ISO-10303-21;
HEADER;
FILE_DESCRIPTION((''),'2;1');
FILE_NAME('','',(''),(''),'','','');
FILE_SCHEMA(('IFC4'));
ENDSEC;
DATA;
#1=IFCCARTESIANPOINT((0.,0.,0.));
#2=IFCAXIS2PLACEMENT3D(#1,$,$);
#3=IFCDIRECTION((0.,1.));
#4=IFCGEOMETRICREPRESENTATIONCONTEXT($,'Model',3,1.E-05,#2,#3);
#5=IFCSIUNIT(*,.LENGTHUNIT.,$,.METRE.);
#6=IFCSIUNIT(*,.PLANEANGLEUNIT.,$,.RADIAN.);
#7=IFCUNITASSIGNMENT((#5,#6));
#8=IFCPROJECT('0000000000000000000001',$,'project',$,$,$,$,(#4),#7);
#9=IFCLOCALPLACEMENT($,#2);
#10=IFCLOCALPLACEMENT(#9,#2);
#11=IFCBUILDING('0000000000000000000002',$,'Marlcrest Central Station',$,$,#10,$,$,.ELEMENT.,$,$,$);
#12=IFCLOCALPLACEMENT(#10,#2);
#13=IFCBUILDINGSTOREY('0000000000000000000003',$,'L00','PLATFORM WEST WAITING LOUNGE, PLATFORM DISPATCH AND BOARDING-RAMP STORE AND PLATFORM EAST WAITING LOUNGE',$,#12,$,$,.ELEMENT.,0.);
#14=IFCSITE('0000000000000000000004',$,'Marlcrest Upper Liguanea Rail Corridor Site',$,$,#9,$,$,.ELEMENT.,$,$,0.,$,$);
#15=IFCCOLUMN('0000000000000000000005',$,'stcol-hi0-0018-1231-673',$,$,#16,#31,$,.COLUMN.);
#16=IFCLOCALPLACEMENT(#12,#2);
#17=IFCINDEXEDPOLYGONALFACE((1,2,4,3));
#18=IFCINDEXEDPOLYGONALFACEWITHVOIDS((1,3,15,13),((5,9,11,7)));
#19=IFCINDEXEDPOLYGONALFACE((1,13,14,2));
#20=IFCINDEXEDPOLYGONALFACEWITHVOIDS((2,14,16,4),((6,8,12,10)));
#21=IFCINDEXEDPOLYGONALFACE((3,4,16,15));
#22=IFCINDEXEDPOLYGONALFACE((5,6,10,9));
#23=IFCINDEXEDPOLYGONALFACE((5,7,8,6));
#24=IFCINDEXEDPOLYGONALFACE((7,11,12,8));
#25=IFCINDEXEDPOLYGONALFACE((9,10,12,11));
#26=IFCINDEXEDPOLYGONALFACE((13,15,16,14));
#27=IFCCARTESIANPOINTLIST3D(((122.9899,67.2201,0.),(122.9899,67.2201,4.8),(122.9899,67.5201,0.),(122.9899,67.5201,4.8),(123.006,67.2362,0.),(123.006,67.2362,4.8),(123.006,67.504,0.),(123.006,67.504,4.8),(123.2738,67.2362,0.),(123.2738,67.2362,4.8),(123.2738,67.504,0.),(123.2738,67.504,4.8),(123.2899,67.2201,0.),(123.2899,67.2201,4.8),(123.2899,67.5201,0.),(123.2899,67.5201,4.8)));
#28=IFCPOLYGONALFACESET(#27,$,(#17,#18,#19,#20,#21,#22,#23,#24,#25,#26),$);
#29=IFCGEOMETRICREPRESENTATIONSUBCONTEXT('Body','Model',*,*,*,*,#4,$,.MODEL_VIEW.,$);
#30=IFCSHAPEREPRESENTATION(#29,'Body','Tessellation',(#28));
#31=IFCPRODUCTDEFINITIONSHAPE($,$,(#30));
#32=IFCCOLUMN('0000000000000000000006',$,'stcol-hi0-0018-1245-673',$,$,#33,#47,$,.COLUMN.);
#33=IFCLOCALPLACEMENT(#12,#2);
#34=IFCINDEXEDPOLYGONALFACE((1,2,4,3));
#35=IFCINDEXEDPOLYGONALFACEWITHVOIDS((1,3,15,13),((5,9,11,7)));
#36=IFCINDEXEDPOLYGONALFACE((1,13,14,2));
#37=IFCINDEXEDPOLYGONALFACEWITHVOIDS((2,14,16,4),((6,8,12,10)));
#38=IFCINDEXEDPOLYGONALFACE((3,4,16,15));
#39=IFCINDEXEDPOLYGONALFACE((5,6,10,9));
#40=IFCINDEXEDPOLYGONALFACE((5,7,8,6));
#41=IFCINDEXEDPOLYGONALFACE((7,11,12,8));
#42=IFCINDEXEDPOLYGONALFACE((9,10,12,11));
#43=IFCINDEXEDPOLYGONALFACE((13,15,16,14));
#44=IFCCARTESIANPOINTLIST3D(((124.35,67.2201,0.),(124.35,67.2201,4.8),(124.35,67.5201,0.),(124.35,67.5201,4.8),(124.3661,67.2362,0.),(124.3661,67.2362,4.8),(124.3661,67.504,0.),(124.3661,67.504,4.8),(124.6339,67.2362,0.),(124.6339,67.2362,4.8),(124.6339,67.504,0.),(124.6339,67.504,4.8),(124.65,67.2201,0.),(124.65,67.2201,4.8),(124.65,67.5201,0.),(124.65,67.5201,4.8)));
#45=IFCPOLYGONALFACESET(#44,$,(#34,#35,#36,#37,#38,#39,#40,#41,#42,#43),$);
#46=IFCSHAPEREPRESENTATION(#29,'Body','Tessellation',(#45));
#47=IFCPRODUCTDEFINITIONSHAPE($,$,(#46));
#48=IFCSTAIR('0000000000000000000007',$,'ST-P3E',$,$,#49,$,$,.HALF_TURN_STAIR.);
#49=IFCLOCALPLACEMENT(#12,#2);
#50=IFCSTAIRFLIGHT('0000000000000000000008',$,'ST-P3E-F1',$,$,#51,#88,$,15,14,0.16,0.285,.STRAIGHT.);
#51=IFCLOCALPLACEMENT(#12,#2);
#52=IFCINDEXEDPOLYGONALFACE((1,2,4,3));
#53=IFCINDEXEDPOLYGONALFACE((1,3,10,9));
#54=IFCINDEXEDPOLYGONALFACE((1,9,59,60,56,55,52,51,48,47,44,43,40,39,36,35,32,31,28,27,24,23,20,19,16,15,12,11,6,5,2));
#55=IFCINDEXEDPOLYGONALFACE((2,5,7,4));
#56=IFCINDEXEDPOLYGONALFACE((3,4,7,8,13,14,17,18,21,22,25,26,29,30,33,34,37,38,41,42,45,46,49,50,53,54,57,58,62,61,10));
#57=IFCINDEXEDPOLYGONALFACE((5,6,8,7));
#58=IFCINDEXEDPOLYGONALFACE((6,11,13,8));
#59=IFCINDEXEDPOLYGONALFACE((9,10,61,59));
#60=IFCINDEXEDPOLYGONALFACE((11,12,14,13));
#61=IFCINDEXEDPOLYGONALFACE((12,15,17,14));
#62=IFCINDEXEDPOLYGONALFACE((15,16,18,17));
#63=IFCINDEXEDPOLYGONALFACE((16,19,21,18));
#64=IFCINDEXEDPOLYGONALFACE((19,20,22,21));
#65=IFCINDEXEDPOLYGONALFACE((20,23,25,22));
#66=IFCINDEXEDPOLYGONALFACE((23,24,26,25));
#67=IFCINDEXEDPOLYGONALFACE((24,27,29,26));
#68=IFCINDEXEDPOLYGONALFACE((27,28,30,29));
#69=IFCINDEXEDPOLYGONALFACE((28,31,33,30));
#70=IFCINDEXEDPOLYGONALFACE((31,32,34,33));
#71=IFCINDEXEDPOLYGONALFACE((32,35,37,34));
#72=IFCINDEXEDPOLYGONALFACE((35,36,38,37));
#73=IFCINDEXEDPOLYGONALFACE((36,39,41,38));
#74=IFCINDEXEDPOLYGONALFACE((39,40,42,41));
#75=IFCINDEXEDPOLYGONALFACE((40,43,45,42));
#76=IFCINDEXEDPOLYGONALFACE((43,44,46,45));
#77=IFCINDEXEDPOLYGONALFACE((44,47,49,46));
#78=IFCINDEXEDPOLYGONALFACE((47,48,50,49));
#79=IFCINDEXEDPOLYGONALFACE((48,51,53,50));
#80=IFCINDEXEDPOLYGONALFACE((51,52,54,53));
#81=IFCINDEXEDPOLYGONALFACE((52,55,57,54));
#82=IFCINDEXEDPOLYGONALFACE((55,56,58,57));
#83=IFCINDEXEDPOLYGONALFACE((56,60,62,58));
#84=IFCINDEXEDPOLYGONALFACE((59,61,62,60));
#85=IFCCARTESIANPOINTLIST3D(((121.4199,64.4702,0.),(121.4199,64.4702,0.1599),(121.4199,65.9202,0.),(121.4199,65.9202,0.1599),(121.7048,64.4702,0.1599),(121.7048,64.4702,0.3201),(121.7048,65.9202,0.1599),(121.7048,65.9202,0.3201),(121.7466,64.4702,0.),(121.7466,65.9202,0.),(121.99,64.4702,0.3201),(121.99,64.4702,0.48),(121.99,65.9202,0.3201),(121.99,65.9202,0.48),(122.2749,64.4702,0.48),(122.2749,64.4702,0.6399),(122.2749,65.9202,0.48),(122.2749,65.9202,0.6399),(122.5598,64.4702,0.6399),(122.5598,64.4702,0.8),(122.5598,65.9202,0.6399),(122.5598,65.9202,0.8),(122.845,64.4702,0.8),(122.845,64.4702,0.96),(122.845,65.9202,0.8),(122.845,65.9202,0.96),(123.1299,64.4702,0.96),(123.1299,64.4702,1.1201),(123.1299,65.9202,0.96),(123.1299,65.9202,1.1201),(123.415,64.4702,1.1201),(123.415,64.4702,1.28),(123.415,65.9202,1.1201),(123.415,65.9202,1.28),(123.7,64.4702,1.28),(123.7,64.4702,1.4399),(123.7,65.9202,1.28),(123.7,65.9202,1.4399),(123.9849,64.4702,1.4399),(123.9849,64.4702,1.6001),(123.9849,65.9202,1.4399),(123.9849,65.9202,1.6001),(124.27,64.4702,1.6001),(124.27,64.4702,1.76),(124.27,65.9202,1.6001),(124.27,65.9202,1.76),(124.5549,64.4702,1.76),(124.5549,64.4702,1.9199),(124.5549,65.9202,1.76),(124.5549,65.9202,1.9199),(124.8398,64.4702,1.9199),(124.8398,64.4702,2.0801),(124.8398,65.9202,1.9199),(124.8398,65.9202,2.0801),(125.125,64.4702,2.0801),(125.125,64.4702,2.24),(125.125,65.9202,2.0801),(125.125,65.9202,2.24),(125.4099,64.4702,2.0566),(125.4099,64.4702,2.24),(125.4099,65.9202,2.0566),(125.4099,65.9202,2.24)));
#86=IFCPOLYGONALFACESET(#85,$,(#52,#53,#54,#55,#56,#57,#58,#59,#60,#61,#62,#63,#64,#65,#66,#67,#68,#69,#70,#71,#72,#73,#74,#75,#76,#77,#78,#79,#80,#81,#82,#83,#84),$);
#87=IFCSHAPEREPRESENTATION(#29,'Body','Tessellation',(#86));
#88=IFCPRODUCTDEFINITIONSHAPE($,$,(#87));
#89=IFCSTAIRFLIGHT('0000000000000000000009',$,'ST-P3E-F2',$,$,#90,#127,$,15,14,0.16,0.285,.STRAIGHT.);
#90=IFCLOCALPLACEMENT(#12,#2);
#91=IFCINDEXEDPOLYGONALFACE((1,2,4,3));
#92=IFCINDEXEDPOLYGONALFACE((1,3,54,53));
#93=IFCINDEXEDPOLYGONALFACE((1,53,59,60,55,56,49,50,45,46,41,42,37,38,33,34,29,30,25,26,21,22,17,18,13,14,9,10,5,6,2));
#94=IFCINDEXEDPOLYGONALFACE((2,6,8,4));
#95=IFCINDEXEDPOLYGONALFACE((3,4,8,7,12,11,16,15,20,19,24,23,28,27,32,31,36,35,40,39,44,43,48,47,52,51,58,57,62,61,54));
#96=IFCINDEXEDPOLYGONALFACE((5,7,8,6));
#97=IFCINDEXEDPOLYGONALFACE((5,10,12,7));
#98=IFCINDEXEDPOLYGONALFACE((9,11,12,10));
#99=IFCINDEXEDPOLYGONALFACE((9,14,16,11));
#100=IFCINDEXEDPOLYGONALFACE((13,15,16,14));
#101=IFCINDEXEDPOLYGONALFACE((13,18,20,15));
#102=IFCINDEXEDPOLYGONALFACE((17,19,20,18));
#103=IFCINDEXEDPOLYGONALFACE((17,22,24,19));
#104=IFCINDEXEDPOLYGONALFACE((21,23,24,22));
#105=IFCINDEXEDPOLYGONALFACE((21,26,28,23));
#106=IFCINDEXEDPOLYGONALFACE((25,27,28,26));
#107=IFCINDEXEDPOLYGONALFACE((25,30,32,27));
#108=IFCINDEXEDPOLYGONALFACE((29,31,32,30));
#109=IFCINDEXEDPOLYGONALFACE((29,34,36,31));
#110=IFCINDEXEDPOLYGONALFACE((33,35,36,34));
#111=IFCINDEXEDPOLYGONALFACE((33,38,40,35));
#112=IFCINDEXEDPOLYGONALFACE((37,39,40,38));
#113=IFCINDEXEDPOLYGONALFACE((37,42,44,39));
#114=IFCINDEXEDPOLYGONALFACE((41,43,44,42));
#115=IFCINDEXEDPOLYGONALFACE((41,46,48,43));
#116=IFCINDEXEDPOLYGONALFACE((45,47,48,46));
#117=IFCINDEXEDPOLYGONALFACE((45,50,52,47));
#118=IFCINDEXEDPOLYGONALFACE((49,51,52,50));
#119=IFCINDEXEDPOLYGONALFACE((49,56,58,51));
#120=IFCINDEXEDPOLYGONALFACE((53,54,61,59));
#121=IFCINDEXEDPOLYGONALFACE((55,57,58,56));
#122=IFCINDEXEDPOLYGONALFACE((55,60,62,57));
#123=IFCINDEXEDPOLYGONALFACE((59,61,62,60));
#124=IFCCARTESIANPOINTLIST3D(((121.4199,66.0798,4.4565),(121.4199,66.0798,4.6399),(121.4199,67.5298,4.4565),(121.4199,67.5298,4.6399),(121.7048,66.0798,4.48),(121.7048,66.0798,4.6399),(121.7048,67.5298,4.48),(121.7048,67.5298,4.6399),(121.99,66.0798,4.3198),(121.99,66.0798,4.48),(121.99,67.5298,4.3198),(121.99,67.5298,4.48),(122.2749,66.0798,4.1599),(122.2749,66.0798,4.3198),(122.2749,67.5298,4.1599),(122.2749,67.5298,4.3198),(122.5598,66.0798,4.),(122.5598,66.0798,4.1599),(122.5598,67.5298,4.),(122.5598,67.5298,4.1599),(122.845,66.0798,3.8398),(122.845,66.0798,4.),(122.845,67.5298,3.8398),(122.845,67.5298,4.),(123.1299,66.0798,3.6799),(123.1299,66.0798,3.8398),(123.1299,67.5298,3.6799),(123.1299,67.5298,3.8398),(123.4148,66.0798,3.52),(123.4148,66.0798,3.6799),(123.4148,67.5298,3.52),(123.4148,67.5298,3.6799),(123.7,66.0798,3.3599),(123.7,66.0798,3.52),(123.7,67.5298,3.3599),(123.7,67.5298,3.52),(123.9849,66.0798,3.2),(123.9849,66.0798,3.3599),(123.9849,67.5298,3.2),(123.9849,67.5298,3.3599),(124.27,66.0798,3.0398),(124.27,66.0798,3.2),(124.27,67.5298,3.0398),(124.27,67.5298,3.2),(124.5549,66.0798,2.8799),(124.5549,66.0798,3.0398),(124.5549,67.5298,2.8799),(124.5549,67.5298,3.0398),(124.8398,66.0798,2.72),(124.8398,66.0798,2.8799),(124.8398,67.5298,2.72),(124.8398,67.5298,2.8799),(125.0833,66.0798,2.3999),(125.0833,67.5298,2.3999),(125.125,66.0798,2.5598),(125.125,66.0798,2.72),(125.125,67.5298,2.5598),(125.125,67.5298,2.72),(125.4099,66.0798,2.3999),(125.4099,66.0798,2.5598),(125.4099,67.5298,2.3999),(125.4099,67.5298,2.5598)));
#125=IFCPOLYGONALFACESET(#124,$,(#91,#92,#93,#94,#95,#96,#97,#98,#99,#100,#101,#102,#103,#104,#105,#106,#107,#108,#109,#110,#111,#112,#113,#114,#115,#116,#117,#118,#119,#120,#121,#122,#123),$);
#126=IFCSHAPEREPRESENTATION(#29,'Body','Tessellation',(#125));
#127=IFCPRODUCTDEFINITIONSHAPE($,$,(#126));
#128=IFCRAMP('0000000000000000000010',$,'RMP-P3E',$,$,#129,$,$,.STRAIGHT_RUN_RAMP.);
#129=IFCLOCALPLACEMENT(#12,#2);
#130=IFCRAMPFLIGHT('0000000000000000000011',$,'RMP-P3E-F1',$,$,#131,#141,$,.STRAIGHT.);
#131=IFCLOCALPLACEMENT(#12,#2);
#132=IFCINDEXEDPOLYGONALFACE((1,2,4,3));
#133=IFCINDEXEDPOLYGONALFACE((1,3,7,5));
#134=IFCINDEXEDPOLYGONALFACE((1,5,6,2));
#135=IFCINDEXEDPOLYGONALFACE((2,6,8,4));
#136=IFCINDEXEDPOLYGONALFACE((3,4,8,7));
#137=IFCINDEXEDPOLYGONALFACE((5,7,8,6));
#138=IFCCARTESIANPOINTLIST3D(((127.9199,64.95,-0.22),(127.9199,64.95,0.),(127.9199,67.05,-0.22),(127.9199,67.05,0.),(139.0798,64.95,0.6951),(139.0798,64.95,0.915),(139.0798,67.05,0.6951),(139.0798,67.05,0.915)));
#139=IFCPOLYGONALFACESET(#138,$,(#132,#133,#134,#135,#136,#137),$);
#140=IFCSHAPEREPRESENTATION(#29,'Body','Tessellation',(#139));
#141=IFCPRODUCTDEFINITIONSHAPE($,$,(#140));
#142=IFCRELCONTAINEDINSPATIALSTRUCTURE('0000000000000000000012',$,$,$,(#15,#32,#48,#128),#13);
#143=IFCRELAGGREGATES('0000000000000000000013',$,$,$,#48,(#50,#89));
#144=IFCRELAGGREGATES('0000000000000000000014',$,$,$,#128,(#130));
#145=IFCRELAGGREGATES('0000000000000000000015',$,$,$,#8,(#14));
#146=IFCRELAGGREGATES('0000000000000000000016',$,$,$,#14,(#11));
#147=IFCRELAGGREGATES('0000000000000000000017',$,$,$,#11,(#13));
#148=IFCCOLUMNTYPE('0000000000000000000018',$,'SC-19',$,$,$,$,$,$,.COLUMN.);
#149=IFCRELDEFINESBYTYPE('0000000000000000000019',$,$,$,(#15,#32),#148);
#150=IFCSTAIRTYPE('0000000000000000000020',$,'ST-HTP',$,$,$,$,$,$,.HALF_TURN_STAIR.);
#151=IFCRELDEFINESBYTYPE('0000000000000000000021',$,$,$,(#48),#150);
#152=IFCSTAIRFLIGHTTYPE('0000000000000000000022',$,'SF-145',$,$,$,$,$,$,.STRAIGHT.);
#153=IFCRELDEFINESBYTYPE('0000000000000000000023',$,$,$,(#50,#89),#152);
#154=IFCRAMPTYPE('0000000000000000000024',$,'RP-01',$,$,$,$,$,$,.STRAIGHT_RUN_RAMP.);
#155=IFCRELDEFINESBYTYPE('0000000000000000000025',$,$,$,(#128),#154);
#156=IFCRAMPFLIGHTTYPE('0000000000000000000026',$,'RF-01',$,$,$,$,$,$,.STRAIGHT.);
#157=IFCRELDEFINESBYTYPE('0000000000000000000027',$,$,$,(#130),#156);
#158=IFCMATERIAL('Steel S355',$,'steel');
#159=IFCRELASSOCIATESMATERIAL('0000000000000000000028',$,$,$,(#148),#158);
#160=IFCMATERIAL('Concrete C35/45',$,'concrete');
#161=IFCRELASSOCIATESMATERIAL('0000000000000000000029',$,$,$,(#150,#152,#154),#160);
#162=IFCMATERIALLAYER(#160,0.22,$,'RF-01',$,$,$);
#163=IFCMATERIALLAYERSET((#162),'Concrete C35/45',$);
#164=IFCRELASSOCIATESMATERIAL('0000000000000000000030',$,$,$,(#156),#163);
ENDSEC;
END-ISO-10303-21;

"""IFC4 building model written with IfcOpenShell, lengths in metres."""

from ifc_helpers import new_model, si_unit, direction, frame, origin, origin_2d, place, context, subcontext, project, spatial, polyline, hollow_rectangle, outline, extrude, material, layer, layer_set, material_profile, profile_set, type_object, element, aggregate, save


model = new_model("IFC4")

# Units and contexts
model_context = context("Model", 3, precision=1e-05, world=origin(), true_north=direction((0.0, 1.0)))
body_context = subcontext(model_context, "Body", "Model", "MODEL_VIEW")
ifc_project = project(units=[si_unit("LENGTHUNIT", "METRE"), si_unit("PLANEANGLEUNIT", "RADIAN")], contexts=[model_context])

# Site, building, storey
site_placement = place(None, origin())
site = spatial("IfcSite", under=ifc_project, at=site_placement, Name="Marlcrest Upper Liguanea Rail Corridor Site", CompositionType="ELEMENT", RefElevation=0.0)
building_placement = place(site_placement, origin())
building = spatial("IfcBuilding", under=site, at=building_placement, Name="Marlcrest Central Station", CompositionType="ELEMENT")
storey_placement = place(building_placement, origin())
storey = spatial("IfcBuildingStorey", under=building, at=storey_placement, Name="L00", Description="PLATFORM WEST WAITING LOUNGE, PLATFORM DISPATCH AND BOARDING-RAMP STORE AND PLATFORM EAST WAITING LOUNGE", CompositionType="ELEMENT", Elevation=0.0)

# Shared definitions
ifc_material_1 = material(Name="Concrete C35/45", Category="concrete")

# Columns
ifc_material_2 = material(Name="Steel S355", Category="steel")
ifc_material_profile_1 = material_profile(ifc_material_2, hollow_rectangle(XDim=0.3, YDim=0.3, WallThickness=0.0161, at=origin_2d()), Name="SHS 300x300x16")
ifc_profile_set_1 = profile_set([ifc_material_profile_1], Name="Steel S355")
column_type = type_object("IfcColumnType", Name="SC-19", PredefinedType="COLUMN", material=ifc_profile_set_1)
for number, where, z_axis, x_axis, name in (
    (1, (123.1399, 67.3701, 0.0), (0.0, 0.0, 1.0), (1.0, 0.0, 0.0), "stcol-hi0-0018-1231-673"),
    (2, (124.5, 67.3701, 0.0), (0.0, 0.0, 1.0), (1.0, 0.0, 0.0), "stcol-hi0-0018-1245-673"),
):
    element("IfcColumn", number, at=place(storey_placement, frame(where, z_axis=z_axis, x_axis=x_axis)), inside=storey, type_object=column_type, Name=name, PredefinedType="COLUMN", context=body_context, shape_type="SweptSolid", body=[
        extrude(hollow_rectangle(XDim=0.3, YDim=0.3, WallThickness=0.0161, at=origin_2d()), origin(), (0.0, 0.0, 1.0), 4.8),
    ])

# Stair, stair flights
stair_type = type_object("IfcStairType", Name="ST-HTP", PredefinedType="HALF_TURN_STAIR", material=ifc_material_1)
stair_placement = place(storey_placement, origin())
stair = element("IfcStair", 3, at=stair_placement, inside=storey, type_object=stair_type, Name="ST-P3E", PredefinedType="HALF_TURN_STAIR")
stair_flight_type = type_object("IfcStairFlightType", Name="SF-145", PredefinedType="STRAIGHT", material=ifc_material_1)
stair_flight_1_placement = place(storey_placement, frame((121.4199, 65.1951, 0.0), z_axis=(0.0, 0.0, 1.0), x_axis=(1.0, 0.0, 0.0)))
stair_flight_1 = element("IfcStairFlight", 4, at=stair_flight_1_placement, type_object=stair_flight_type, Name="ST-P3E-F1", NumberOfRisers=15, NumberOfTreads=14, PredefinedType="STRAIGHT", RiserHeight=0.16, TreadLength=0.285, context=body_context, shape_type="SweptSolid", body=[
    extrude(outline(polyline([(0.0, 0.0), (0.0, 0.1599), (0.2849, 0.1599), (0.2849, 0.3201), (0.5701, 0.3201), (0.5701, 0.48), (0.855, 0.48), (0.855, 0.6399), (1.1399, 0.6399), (1.1399, 0.8), (1.425, 0.8), (1.425, 0.96), (1.71, 0.96), (1.71, 1.1201), (1.9951, 1.1201), (1.9951, 1.28), (2.28, 1.28), (2.28, 1.4399), (2.5649, 1.4399), (2.5649, 1.6001), (2.8501, 1.6001), (2.8501, 1.76), (3.135, 1.76), (3.135, 1.9199), (3.4199, 1.9199), (3.4199, 2.0801), (3.7051, 2.0801), (3.7051, 2.24), (3.99, 2.24), (3.99, 2.3999), (3.99, 2.0566), (0.3267, 0.0), (0.0, 0.0)])), frame((0.0, 0.7251, 0.0), z_axis=(0.0, -1.0, 0.0), x_axis=(1.0, 0.0, 0.0)), (0.0, 0.0, 1.0), 1.45),
])
stair_flight_2_placement = place(storey_placement, frame((125.4099, 66.8049, 2.3999), z_axis=(0.0, 0.0, 1.0), x_axis=(-1.0, 0.0, 0.0)))
stair_flight_2 = element("IfcStairFlight", 5, at=stair_flight_2_placement, type_object=stair_flight_type, Name="ST-P3E-F2", NumberOfRisers=15, NumberOfTreads=14, PredefinedType="STRAIGHT", RiserHeight=0.16, TreadLength=0.285, context=body_context, shape_type="SweptSolid", body=[
    extrude(outline(polyline([(0.0, 0.0), (0.0, 0.1599), (0.2849, 0.1599), (0.2849, 0.3201), (0.5701, 0.3201), (0.5701, 0.48), (0.855, 0.48), (0.855, 0.6399), (1.1399, 0.6399), (1.1399, 0.8), (1.425, 0.8), (1.425, 0.96), (1.71, 0.96), (1.71, 1.1201), (1.9951, 1.1201), (1.9951, 1.28), (2.28, 1.28), (2.28, 1.4399), (2.5649, 1.4399), (2.5649, 1.6001), (2.8501, 1.6001), (2.8501, 1.76), (3.135, 1.76), (3.135, 1.9199), (3.4199, 1.9199), (3.4199, 2.0801), (3.7051, 2.0801), (3.7051, 2.24), (3.99, 2.24), (3.99, 2.3999), (3.99, 2.0566), (0.3267, 0.0), (0.0, 0.0)])), frame((0.0, 0.7251, 0.0), z_axis=(0.0, -1.0, 0.0), x_axis=(1.0, 0.0, 0.0)), (0.0, 0.0, 1.0), 1.45),
])
aggregate(stair, [stair_flight_1, stair_flight_2])

# Ramp, ramp flight
ramp_type = type_object("IfcRampType", Name="RP-01", PredefinedType="STRAIGHT_RUN_RAMP", material=ifc_material_1)
ramp_placement = place(storey_placement, origin())
ramp = element("IfcRamp", 6, at=ramp_placement, inside=storey, type_object=ramp_type, Name="RMP-P3E", PredefinedType="STRAIGHT_RUN_RAMP")
ifc_layer = layer(ifc_material_1, 0.22, Name="RF-01")
ifc_layer_set = layer_set([ifc_layer], Name="Concrete C35/45")
ramp_flight_type = type_object("IfcRampFlightType", Name="RF-01", PredefinedType="STRAIGHT", material=ifc_layer_set)
ramp_flight_placement = place(storey_placement, frame((127.9199, 66.0, 0.0), z_axis=(0.0, 0.0, 1.0), x_axis=(1.0, 0.0, 0.0)))
ramp_flight = element("IfcRampFlight", 7, at=ramp_flight_placement, type_object=ramp_flight_type, Name="RMP-P3E-F1", PredefinedType="STRAIGHT", context=body_context, shape_type="SweptSolid", body=[
    extrude(outline(polyline([(0.0, -0.22), (0.0, 0.0), (11.1599, 0.915), (11.1599, 0.6951), (0.0, -0.22)])), frame((0.0, 1.05, 0.0), z_axis=(0.0, -1.0, 0.0), x_axis=(1.0, 0.0, 0.0)), (0.0, 0.0, 1.0), 2.1001),
])
aggregate(ramp, [ramp_flight])

save(model, "model.ifc")
